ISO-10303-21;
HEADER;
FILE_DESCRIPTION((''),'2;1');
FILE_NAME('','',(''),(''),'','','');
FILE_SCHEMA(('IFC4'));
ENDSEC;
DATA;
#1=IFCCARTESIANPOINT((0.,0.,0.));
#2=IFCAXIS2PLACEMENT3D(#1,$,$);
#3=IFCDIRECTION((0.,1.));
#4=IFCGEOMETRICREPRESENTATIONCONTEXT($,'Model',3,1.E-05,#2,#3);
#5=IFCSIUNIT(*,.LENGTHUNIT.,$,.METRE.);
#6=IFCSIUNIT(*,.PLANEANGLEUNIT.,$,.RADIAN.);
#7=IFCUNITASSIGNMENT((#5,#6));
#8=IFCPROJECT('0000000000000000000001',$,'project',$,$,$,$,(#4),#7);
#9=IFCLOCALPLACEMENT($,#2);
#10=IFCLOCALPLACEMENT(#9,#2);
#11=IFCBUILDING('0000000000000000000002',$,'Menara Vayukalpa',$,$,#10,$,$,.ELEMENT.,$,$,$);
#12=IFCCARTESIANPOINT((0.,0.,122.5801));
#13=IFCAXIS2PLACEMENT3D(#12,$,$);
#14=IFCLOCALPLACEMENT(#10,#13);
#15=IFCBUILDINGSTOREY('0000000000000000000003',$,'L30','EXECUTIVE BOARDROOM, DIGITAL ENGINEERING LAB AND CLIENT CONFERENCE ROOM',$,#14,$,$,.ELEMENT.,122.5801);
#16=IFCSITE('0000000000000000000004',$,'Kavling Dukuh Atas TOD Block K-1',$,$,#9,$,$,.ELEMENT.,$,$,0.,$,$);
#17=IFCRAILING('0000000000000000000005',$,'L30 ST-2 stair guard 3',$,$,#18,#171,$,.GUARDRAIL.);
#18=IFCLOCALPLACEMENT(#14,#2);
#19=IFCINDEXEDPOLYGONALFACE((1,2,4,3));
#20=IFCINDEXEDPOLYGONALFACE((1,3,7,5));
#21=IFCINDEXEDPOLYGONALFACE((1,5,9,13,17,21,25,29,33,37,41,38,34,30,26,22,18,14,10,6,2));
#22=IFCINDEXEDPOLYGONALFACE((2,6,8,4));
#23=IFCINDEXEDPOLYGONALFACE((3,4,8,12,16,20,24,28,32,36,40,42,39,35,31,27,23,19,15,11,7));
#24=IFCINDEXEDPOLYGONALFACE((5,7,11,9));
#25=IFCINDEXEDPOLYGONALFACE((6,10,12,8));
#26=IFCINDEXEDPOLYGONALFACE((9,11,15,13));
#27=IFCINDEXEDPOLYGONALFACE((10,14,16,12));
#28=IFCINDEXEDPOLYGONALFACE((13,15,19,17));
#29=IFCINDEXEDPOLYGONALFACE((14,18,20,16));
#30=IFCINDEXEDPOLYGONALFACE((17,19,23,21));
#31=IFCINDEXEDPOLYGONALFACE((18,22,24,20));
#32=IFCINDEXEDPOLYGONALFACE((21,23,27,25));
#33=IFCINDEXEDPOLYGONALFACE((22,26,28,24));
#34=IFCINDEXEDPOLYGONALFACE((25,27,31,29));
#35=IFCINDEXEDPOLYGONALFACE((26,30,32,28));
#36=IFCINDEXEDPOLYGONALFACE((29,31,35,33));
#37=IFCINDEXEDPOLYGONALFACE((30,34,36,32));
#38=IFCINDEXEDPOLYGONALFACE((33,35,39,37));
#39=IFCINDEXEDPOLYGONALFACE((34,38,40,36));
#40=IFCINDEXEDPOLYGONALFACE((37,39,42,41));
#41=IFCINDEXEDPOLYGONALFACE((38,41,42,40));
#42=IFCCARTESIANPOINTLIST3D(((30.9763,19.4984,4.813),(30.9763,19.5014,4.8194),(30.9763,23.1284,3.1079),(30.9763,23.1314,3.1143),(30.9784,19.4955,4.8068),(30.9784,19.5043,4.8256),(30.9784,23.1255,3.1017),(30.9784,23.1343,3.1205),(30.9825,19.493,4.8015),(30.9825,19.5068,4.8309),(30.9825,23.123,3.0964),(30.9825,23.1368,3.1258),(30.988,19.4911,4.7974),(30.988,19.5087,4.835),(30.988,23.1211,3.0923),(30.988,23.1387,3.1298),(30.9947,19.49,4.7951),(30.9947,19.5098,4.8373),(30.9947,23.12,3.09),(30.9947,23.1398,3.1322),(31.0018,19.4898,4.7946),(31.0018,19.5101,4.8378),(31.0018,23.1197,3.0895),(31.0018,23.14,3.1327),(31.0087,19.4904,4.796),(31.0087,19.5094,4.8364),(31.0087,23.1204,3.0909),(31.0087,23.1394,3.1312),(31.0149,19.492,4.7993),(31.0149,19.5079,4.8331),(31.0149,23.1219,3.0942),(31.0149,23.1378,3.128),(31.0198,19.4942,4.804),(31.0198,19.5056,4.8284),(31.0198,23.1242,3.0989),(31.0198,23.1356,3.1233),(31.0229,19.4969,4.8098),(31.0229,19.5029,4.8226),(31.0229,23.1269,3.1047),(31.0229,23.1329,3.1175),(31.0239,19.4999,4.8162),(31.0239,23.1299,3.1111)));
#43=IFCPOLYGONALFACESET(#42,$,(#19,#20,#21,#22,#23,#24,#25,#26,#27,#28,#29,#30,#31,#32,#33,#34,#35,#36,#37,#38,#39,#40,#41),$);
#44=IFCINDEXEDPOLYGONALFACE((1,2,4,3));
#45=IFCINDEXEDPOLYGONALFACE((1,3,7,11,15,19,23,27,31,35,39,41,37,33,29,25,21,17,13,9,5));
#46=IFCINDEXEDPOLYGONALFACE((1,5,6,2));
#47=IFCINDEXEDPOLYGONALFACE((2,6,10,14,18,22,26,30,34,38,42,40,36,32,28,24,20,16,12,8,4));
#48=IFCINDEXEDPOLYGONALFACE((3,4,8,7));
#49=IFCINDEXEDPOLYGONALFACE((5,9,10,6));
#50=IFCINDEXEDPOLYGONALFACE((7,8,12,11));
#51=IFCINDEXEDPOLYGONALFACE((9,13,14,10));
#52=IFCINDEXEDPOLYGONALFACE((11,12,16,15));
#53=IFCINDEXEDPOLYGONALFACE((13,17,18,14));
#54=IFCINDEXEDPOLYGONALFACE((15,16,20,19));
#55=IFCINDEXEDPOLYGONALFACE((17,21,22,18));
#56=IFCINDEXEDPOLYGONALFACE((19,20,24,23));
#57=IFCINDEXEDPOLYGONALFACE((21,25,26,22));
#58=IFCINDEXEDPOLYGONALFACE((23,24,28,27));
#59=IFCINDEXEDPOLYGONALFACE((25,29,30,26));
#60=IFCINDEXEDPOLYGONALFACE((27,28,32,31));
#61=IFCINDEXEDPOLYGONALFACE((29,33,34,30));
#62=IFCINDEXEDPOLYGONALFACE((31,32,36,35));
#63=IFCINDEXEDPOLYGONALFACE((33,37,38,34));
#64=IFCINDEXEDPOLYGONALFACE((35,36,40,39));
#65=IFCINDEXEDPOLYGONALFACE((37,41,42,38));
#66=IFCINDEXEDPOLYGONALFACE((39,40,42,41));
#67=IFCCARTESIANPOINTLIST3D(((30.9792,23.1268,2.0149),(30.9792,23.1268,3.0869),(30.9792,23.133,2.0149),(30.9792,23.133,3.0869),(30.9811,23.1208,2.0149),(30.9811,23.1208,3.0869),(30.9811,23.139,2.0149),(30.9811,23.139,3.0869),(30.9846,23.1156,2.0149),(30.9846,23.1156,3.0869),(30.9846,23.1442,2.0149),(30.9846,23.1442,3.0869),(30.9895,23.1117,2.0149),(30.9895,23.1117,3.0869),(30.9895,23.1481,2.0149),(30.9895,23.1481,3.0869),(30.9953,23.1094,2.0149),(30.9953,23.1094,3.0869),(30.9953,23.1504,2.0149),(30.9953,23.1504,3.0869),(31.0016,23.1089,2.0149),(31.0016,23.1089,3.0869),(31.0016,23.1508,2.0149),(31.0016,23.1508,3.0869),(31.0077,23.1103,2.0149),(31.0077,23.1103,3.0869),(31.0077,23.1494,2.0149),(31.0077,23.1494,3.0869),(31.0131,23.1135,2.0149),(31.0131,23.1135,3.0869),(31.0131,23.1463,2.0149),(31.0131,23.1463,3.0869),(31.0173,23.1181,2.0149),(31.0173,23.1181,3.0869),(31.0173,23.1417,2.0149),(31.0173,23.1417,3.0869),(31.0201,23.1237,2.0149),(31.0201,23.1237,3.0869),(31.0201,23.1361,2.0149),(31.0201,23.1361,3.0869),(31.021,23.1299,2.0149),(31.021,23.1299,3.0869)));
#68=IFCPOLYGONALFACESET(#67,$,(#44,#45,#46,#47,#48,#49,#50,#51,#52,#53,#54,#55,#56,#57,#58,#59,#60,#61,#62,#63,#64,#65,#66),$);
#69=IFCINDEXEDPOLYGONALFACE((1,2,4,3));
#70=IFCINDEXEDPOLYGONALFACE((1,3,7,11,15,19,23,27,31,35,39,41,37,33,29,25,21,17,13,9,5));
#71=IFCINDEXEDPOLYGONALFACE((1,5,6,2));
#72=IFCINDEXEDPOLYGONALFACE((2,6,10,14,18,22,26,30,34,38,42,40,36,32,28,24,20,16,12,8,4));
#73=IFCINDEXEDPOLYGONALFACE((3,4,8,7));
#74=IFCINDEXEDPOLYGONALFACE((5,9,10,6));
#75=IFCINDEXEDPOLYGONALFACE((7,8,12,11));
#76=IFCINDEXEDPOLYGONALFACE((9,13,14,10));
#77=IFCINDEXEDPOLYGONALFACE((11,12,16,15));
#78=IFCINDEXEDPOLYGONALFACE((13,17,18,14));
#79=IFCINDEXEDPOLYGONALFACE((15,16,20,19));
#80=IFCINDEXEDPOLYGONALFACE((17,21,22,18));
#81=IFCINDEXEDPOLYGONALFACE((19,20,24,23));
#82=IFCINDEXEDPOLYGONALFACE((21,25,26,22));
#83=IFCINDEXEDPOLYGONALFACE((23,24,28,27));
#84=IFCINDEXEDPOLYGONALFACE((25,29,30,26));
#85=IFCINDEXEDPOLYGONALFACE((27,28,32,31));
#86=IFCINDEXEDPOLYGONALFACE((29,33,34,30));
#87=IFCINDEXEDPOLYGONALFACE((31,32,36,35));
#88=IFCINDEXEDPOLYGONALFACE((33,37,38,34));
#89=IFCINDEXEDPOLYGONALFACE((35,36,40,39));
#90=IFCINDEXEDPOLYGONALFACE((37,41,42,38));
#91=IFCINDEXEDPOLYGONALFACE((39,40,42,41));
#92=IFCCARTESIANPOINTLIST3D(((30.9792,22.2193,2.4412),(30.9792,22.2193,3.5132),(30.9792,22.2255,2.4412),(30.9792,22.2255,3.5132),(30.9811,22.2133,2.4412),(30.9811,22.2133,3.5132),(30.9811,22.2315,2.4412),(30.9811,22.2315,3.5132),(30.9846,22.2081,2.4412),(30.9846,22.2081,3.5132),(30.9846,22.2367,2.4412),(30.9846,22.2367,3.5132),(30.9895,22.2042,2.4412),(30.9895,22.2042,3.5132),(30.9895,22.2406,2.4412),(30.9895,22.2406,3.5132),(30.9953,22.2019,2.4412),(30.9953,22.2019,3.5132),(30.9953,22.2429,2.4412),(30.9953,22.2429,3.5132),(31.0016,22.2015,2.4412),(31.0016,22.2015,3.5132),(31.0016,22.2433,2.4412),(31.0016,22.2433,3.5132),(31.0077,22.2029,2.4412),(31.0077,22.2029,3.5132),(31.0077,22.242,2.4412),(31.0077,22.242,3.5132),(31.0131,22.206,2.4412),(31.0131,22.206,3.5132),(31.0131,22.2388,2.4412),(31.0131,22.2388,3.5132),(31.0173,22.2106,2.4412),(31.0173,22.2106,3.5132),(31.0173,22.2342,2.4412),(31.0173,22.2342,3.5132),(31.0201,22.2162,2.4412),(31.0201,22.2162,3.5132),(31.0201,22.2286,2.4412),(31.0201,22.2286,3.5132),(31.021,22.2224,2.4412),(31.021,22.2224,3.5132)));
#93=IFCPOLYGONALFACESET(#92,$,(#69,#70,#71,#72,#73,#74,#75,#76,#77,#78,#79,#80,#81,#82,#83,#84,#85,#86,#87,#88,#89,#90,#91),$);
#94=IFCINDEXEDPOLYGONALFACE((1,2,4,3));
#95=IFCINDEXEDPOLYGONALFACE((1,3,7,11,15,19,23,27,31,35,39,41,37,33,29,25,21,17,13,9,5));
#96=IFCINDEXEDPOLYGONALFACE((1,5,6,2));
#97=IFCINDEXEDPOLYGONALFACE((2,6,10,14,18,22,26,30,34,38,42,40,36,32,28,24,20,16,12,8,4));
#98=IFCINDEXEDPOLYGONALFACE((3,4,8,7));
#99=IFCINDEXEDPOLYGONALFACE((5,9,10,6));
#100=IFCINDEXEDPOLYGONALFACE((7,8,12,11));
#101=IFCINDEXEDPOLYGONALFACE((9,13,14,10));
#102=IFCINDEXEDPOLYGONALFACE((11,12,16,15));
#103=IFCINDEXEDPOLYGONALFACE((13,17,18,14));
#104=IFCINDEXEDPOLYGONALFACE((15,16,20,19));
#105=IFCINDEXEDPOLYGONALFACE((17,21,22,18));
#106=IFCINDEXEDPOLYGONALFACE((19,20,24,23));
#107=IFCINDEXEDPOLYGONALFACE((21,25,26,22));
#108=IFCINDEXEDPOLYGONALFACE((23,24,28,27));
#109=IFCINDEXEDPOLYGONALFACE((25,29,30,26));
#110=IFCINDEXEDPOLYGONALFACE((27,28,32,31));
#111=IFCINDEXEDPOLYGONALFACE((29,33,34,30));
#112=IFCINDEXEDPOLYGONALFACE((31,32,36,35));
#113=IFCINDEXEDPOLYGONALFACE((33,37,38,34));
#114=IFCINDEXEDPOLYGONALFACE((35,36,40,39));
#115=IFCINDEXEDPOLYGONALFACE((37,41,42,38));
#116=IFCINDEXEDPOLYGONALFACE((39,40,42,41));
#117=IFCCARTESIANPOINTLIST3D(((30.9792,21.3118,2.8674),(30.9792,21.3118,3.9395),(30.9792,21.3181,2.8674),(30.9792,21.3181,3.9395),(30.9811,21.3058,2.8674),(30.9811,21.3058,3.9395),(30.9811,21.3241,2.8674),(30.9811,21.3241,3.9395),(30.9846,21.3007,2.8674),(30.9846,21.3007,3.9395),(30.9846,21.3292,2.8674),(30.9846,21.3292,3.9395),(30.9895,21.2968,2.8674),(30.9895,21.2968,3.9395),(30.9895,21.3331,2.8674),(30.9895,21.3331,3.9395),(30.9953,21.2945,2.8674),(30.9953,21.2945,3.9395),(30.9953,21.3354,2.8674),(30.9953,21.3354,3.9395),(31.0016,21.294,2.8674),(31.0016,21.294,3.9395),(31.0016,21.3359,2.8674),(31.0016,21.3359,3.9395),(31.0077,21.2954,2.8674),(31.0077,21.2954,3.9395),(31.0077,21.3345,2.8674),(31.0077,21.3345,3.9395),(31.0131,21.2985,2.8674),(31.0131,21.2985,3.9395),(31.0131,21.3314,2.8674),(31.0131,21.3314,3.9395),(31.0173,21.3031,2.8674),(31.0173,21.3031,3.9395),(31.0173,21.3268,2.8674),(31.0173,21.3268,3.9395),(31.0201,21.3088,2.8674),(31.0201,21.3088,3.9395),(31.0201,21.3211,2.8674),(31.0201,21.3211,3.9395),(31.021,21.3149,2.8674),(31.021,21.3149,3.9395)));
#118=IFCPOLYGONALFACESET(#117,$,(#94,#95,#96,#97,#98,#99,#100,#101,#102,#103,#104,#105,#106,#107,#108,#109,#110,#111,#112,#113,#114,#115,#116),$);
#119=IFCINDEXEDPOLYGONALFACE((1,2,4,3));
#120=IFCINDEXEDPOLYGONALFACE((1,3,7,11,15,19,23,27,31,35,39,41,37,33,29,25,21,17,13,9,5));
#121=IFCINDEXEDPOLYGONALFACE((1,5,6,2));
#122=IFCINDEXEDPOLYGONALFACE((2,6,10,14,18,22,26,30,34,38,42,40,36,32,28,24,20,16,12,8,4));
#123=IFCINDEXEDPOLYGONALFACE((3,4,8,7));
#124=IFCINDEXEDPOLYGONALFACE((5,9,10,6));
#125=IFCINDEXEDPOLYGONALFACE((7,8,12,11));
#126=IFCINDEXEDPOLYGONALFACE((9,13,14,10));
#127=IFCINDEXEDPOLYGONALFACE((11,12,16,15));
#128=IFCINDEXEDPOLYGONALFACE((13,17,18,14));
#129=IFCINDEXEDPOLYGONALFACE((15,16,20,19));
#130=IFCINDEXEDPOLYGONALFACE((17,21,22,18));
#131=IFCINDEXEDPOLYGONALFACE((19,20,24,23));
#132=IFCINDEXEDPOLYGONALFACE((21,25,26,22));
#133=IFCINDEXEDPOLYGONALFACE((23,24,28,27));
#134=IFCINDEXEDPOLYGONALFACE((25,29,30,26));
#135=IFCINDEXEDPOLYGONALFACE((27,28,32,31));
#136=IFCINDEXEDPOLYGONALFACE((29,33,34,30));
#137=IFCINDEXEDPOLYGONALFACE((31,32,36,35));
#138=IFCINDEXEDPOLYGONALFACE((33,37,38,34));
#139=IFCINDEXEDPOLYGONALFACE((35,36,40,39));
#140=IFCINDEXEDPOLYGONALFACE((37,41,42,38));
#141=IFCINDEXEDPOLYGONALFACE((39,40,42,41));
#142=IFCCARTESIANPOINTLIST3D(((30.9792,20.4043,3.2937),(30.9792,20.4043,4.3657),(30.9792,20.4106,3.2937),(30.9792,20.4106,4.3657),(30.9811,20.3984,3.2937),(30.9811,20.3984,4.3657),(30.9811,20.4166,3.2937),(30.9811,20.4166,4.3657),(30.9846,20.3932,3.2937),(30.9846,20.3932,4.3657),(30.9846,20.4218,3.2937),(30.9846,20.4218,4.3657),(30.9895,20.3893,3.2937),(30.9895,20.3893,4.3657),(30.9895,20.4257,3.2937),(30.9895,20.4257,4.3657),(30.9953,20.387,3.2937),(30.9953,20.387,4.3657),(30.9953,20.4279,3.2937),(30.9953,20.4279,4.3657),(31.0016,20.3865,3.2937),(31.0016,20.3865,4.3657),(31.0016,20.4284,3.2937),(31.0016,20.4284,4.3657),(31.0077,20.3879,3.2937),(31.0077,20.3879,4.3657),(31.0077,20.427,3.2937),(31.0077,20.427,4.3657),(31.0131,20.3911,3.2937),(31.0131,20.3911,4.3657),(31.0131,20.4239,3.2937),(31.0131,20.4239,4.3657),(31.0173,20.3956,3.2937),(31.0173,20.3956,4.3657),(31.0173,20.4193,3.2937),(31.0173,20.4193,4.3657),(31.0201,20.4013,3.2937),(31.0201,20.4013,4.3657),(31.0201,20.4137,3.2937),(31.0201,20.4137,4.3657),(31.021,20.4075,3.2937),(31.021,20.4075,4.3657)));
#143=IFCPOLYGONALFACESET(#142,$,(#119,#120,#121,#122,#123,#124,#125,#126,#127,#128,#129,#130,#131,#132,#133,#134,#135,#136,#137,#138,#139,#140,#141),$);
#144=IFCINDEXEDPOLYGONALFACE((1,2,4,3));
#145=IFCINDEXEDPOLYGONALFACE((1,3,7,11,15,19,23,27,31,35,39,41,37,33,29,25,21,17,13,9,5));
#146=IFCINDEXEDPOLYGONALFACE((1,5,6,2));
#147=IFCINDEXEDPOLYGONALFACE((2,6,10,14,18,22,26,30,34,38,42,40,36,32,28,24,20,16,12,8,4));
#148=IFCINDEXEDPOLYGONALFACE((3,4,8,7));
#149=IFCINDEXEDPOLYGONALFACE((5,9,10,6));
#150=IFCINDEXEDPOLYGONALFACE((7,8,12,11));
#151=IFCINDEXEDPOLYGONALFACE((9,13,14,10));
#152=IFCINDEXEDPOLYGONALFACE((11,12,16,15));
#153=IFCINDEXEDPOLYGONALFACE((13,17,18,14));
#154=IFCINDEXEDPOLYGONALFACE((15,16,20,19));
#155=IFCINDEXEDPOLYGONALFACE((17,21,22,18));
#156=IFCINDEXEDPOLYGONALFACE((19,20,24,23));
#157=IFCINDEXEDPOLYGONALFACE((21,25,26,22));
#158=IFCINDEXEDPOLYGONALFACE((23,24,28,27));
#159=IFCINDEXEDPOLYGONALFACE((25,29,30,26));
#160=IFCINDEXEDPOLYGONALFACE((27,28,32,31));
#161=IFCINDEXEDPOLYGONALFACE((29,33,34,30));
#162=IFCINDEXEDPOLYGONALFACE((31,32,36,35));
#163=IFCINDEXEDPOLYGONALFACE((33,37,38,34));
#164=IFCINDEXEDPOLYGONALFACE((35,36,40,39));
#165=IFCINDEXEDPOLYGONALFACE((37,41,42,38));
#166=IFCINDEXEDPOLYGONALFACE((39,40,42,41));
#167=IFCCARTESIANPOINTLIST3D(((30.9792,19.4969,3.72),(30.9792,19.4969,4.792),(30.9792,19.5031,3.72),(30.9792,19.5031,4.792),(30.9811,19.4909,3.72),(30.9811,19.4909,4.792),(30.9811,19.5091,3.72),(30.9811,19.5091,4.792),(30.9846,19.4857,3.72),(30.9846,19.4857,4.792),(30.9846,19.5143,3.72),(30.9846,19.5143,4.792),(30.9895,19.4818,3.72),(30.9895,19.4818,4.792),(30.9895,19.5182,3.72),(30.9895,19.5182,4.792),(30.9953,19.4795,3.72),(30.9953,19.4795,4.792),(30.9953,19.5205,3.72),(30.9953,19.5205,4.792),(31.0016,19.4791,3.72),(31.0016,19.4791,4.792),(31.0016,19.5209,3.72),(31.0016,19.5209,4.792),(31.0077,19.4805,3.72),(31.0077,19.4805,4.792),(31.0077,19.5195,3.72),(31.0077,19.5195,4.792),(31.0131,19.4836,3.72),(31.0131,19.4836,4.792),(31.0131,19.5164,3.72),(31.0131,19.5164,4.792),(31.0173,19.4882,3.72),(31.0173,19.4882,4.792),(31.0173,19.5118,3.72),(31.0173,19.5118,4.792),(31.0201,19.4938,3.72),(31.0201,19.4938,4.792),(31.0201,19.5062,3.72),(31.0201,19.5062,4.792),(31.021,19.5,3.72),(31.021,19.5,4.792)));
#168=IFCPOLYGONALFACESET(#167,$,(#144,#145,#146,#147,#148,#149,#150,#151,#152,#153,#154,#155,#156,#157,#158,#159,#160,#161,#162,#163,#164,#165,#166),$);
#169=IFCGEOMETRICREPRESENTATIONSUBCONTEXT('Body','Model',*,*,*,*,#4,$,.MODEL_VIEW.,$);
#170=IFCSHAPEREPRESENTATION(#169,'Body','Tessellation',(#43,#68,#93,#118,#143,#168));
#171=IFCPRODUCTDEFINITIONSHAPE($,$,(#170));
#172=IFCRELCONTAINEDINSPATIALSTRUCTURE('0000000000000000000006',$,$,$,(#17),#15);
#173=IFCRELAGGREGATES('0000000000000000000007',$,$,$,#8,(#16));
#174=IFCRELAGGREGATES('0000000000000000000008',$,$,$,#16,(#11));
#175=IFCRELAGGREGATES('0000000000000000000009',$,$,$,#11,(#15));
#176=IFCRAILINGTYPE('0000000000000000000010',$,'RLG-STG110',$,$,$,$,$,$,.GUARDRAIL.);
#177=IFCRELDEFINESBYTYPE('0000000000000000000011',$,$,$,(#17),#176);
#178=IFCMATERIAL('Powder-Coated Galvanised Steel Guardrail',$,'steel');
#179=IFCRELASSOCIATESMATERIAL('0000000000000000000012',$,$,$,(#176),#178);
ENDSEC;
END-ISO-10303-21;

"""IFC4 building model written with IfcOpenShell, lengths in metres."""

from ifc_helpers import new_model, si_unit, direction, frame, origin, origin_2d, place, context, subcontext, project, spatial, circle, extrude, material, type_object, element, save


model = new_model("IFC4")

# Units and contexts
model_context = context("Model", 3, precision=1e-05, world=origin(), true_north=direction((0.0, 1.0)))
body_context = subcontext(model_context, "Body", "Model", "MODEL_VIEW")
ifc_project = project(units=[si_unit("LENGTHUNIT", "METRE"), si_unit("PLANEANGLEUNIT", "RADIAN")], contexts=[model_context])

# Site, building, storey
site_placement = place(None, origin())
site = spatial("IfcSite", under=ifc_project, at=site_placement, Name="Kavling Dukuh Atas TOD Block K-1", CompositionType="ELEMENT", RefElevation=0.0)
building_placement = place(site_placement, origin())
building = spatial("IfcBuilding", under=site, at=building_placement, Name="Menara Vayukalpa", CompositionType="ELEMENT")
storey_placement = place(building_placement, frame((0.0, 0.0, 122.5801)))
storey = spatial("IfcBuildingStorey", under=building, at=storey_placement, Name="L30", Description="EXECUTIVE BOARDROOM, DIGITAL ENGINEERING LAB AND CLIENT CONFERENCE ROOM", CompositionType="ELEMENT", Elevation=122.5801)

# Railing
ifc_material_1 = material(Name="Powder-Coated Galvanised Steel Guardrail", Category="steel")
railing_type_1 = type_object("IfcRailingType", Name="RLG-STG110", PredefinedType="GUARDRAIL", material=ifc_material_1)
railing_1_placement = place(storey_placement, frame((31.0, 23.1299, 2.0149)))
element("IfcRailing", 1, at=railing_1_placement, inside=storey, type_object=railing_type_1, Name="L30 ST-2 stair guard 3", PredefinedType="GUARDRAIL", context=body_context, shape_type="SweptSolid", body=[
    extrude(circle(Radius=0.0239, at=origin_2d()), frame((0.0, 0.0, 1.0962), z_axis=(0.0, -0.905116, 0.425164), x_axis=(1.0, 0.0, 0.0)), (0.0, 0.0, 1.0), 4.0105),
    extrude(circle(Radius=0.021, at=origin_2d()), origin(), (0.0, 0.0, 1.0), 1.072),
    extrude(circle(Radius=0.021, at=origin_2d()), frame((0.0, -0.9075, 0.4263)), (0.0, 0.0, 1.0), 1.072),
    extrude(circle(Radius=0.021, at=origin_2d()), frame((0.0, -1.8149, 0.8525)), (0.0, 0.0, 1.0), 1.072),
    extrude(circle(Radius=0.021, at=origin_2d()), frame((0.0, -2.7224, 1.2788)), (0.0, 0.0, 1.0), 1.072),
    extrude(circle(Radius=0.021, at=origin_2d()), frame((0.0, -3.6299, 1.7051)), (0.0, 0.0, 1.0), 1.072),
])

save(model, "model.ifc")
